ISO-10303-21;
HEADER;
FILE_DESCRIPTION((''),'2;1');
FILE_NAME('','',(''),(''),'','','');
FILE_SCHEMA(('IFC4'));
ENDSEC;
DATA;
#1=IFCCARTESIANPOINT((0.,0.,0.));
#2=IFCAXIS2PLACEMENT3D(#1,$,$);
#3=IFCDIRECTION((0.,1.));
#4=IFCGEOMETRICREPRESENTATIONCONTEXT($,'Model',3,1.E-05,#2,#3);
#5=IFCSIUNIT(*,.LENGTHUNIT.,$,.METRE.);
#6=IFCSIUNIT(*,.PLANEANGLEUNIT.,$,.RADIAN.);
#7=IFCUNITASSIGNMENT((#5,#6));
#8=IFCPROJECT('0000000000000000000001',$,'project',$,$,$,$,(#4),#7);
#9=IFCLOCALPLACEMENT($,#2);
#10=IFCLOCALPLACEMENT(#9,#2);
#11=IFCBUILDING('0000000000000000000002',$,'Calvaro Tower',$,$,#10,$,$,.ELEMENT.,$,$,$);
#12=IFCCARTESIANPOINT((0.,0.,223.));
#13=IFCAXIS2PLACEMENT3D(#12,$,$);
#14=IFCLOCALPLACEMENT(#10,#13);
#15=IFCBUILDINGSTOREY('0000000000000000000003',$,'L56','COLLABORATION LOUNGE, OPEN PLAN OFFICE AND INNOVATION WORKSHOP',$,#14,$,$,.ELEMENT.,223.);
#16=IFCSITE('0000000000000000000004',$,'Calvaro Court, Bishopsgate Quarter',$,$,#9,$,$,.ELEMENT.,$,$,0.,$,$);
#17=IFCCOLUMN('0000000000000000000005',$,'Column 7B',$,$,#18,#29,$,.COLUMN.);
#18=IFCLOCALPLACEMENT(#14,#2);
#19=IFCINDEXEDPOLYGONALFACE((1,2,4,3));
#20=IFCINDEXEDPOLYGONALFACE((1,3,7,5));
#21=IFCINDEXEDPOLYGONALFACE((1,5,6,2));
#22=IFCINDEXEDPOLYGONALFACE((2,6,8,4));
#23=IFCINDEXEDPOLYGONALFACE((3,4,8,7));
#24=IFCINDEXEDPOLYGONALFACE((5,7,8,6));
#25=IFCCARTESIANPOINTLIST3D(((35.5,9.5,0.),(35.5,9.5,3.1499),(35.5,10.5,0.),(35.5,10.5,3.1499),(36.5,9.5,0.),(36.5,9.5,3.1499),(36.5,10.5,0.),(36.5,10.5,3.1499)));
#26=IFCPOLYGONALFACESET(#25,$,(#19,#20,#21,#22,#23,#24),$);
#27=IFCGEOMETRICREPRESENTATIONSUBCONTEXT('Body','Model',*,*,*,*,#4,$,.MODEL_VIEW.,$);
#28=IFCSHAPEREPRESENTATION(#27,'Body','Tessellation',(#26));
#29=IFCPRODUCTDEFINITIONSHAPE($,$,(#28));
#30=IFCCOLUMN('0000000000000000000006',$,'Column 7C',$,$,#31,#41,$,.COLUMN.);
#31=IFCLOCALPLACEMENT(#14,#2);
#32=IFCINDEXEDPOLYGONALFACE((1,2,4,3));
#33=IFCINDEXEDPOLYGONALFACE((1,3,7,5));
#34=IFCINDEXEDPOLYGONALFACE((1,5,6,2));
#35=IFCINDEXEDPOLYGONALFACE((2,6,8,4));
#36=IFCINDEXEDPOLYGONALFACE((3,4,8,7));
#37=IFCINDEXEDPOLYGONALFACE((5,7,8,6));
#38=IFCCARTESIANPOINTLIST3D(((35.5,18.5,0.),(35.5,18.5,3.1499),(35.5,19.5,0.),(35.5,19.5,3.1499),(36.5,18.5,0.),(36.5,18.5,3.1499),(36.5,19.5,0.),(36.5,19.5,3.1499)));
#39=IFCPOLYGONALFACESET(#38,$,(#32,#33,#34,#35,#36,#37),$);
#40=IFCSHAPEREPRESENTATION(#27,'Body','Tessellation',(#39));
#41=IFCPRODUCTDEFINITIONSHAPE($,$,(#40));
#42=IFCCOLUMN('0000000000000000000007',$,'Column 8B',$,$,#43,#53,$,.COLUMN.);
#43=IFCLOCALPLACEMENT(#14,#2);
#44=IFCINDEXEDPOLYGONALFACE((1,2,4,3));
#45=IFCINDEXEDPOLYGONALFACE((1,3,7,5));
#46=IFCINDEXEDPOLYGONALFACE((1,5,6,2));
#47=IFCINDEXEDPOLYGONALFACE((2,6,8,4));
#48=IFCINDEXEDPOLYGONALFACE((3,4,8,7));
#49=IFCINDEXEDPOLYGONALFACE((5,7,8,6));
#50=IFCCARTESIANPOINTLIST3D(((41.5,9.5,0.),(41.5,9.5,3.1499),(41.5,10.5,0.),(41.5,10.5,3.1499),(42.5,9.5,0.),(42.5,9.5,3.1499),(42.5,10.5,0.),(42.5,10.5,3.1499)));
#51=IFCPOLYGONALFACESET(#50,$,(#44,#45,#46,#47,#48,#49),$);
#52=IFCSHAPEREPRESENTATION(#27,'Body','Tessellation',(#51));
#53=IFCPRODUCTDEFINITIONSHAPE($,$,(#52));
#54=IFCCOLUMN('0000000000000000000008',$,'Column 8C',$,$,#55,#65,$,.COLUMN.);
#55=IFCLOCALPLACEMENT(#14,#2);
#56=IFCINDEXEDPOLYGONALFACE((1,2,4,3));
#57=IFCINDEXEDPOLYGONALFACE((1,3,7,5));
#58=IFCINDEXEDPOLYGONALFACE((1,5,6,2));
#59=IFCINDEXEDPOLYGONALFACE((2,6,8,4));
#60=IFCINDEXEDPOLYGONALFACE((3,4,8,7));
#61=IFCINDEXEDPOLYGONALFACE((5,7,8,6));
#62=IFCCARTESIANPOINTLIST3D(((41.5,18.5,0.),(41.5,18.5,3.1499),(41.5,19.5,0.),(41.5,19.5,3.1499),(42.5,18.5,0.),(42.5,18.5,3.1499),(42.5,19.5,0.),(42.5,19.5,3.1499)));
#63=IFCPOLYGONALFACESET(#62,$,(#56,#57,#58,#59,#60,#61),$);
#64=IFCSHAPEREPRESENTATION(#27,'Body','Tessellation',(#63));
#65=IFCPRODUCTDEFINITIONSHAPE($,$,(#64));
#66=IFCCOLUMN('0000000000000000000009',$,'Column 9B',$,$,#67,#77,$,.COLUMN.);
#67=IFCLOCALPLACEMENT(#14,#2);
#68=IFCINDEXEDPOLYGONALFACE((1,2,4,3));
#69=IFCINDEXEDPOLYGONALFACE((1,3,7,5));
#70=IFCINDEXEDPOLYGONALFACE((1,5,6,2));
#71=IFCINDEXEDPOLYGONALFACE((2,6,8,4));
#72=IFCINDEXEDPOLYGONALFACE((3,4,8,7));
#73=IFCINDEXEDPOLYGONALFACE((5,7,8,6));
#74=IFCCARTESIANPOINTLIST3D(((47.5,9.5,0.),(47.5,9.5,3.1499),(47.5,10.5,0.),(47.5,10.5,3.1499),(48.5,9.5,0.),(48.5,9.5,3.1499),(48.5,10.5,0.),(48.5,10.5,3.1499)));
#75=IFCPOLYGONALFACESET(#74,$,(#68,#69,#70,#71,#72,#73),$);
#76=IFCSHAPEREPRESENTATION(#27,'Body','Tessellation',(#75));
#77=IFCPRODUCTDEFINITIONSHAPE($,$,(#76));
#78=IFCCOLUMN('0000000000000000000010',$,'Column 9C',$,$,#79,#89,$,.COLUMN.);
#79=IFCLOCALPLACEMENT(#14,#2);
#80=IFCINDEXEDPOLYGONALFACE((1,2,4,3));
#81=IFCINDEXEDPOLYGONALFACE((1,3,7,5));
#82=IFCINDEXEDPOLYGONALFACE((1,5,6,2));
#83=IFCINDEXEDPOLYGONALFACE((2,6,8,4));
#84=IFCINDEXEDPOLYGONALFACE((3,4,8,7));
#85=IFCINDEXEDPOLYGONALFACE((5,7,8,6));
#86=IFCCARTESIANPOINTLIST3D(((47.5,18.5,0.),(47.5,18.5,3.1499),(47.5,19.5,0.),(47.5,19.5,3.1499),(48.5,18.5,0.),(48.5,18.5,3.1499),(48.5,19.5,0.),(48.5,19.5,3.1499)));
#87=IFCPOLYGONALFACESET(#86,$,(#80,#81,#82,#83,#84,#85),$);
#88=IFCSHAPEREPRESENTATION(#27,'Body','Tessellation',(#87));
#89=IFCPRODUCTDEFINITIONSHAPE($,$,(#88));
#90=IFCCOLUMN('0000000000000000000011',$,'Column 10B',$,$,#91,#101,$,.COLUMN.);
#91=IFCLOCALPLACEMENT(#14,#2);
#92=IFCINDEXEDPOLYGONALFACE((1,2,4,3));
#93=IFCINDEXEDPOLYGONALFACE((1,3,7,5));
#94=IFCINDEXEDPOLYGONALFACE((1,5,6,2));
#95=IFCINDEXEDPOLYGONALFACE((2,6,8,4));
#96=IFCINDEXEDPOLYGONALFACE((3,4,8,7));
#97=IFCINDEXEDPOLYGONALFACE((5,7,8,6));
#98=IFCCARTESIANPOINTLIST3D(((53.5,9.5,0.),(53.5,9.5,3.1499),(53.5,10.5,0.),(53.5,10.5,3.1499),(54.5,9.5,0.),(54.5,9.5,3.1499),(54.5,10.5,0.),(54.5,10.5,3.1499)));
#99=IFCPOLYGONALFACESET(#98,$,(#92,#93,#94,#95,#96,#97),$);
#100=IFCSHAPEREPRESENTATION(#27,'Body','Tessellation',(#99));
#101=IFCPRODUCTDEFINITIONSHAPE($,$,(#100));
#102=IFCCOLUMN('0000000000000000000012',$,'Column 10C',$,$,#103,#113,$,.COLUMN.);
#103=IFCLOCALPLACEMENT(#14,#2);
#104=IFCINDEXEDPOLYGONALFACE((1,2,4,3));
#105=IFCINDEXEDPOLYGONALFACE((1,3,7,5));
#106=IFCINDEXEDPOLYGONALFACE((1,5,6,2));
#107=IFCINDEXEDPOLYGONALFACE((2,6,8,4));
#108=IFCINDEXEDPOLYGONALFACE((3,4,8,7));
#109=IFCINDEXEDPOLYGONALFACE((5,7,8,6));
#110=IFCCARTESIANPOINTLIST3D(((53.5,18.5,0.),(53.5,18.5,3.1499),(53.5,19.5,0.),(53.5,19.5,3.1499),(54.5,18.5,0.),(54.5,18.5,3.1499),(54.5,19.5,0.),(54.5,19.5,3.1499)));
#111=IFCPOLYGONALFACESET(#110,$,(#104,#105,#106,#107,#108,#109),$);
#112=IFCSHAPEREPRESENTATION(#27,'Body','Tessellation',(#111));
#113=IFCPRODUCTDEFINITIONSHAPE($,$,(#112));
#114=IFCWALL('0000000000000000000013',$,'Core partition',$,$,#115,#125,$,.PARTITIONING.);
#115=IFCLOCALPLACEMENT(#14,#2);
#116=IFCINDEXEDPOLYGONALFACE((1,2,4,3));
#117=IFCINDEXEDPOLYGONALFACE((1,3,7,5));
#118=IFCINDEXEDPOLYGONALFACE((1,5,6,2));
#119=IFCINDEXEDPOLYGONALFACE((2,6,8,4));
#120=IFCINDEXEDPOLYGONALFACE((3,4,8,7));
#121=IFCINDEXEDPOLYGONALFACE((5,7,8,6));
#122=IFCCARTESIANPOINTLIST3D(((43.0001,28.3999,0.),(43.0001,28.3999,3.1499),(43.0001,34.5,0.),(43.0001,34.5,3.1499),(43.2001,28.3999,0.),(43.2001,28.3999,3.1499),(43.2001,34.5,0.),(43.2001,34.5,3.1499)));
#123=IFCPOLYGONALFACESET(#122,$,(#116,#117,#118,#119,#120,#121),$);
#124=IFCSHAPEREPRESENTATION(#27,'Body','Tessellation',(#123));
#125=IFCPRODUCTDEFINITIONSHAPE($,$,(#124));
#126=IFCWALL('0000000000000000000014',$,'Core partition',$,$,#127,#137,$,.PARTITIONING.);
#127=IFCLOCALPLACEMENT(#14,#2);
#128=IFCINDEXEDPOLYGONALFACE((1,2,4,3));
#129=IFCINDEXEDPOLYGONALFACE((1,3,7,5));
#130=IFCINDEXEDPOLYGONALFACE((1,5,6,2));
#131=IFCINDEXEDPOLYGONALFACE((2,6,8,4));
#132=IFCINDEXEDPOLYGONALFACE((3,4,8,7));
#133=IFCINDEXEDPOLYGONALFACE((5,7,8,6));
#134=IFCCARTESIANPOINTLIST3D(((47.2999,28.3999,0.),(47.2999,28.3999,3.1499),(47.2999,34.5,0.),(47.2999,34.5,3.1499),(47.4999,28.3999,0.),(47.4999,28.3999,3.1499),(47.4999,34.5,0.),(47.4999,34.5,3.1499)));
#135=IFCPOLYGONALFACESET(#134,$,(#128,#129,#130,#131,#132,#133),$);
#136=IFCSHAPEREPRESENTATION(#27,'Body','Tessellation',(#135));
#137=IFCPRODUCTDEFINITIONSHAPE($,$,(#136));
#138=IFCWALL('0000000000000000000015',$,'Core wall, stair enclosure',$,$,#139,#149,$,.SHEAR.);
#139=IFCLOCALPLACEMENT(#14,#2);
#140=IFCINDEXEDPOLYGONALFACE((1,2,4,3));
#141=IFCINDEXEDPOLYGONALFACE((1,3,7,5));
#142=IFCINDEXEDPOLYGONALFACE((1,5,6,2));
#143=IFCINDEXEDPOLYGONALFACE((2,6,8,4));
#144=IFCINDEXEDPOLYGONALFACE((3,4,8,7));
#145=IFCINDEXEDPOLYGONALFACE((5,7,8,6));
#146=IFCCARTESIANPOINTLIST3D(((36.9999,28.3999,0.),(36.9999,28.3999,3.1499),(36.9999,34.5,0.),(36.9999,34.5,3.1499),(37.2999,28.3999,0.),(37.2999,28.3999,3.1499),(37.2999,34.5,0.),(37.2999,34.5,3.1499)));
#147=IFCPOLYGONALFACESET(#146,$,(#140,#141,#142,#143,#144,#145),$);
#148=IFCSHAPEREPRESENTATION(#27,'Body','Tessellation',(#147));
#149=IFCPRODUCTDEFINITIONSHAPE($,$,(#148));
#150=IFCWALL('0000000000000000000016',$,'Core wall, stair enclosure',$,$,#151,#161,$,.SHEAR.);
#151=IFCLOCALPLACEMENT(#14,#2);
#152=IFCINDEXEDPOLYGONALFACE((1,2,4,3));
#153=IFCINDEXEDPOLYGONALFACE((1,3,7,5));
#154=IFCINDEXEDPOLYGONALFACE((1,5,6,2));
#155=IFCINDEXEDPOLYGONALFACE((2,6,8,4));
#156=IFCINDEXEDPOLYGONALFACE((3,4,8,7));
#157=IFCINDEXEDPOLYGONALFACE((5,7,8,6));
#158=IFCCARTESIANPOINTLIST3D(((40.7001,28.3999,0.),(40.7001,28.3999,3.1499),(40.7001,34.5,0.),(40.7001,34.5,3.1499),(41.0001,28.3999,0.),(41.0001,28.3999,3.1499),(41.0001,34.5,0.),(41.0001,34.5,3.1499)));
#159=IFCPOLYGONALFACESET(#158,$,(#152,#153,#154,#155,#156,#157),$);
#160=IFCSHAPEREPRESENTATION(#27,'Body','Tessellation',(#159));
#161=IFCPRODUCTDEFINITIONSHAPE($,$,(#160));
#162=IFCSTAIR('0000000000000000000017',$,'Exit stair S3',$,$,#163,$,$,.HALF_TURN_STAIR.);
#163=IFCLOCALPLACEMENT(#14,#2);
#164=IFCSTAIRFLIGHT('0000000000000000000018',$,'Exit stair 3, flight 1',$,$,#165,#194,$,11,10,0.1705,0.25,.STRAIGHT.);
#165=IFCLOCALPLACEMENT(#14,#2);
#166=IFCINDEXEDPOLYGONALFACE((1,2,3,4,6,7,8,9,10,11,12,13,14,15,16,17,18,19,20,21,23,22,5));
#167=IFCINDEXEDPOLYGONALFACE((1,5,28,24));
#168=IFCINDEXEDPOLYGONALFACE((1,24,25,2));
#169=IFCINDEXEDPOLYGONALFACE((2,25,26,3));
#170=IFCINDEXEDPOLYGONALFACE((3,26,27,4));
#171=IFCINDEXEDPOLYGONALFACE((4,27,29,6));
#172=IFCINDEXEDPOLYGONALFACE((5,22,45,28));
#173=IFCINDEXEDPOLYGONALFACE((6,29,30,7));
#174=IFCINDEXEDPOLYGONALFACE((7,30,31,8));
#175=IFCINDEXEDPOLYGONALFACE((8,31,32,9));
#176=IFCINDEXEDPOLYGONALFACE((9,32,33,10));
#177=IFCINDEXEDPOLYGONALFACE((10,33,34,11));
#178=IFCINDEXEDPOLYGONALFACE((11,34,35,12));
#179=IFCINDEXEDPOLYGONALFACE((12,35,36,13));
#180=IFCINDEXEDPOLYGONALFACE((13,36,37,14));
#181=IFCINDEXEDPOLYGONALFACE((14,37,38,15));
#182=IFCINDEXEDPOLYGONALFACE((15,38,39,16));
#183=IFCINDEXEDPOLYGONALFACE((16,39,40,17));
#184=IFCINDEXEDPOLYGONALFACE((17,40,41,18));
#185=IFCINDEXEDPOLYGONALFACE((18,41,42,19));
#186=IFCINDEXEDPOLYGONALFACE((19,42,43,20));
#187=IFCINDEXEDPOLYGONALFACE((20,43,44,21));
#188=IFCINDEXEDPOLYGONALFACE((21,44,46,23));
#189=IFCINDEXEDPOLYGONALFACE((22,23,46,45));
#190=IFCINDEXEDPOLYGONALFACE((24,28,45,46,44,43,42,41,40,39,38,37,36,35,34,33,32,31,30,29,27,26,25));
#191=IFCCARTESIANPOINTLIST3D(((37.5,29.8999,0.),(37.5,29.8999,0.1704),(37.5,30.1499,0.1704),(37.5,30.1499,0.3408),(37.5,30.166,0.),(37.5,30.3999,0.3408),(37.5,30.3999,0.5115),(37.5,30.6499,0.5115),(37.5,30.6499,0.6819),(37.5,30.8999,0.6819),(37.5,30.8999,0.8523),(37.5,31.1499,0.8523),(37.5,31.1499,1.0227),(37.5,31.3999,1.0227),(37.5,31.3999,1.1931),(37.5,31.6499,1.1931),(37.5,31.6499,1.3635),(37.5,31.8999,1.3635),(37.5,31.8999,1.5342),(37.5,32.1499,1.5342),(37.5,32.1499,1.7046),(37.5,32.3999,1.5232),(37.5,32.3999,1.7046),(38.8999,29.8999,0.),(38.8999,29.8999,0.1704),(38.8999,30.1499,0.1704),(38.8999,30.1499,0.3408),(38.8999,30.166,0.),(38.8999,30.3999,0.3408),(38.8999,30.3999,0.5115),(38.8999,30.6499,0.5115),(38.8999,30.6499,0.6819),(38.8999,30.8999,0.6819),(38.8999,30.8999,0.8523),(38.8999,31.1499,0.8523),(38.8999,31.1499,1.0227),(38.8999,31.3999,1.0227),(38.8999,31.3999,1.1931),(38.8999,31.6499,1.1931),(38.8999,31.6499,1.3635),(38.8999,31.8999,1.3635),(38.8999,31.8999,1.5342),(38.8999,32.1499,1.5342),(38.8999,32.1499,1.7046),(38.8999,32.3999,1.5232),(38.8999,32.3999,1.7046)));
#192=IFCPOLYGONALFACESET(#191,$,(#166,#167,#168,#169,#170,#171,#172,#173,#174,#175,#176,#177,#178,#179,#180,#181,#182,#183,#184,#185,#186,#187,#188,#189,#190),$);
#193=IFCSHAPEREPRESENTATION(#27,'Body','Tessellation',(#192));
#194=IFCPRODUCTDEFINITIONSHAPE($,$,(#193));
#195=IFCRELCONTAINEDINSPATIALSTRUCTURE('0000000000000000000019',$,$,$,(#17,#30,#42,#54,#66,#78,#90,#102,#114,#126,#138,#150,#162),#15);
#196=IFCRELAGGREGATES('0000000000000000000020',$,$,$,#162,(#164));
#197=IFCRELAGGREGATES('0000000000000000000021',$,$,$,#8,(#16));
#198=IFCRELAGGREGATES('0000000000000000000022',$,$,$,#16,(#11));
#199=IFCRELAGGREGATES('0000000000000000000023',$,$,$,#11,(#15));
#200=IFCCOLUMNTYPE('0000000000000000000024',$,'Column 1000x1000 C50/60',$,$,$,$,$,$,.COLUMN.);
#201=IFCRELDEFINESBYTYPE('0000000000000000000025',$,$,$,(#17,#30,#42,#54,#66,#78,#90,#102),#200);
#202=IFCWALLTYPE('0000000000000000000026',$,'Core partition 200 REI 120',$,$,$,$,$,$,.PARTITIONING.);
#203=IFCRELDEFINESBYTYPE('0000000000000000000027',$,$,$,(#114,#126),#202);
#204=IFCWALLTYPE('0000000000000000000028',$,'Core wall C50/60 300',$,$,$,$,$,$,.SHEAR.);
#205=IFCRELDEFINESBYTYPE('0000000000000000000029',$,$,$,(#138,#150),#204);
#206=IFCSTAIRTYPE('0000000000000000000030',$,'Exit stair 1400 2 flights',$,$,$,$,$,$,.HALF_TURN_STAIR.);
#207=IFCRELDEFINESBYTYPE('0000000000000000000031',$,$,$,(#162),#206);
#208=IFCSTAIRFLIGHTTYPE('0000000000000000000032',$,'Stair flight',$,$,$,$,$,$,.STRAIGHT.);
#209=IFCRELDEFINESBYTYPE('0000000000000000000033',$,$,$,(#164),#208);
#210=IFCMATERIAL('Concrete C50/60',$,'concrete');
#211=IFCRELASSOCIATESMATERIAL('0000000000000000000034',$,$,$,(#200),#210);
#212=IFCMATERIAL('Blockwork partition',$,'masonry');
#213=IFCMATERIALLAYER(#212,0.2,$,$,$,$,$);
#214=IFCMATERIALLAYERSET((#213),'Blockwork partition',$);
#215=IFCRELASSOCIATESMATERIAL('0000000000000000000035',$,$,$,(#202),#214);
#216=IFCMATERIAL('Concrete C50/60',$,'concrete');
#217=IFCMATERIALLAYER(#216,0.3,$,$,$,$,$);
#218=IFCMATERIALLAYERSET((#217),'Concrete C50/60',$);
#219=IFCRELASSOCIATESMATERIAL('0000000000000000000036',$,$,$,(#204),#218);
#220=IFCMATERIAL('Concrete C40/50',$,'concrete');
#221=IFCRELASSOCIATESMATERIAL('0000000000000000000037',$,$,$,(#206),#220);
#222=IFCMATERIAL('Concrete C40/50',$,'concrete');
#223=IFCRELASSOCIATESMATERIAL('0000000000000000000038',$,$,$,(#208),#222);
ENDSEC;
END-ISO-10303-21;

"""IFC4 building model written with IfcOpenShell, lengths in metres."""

from ifc_helpers import new_model, si_unit, direction, frame, frame_2d, origin, origin_2d, place, context, subcontext, project, spatial, polyline, rectangle, outline, extrude, material, layer, layer_set, material_profile, profile_set, type_object, element, aggregate, save


model = new_model("IFC4")

# Units and contexts
model_context = context("Model", 3, precision=1e-05, world=origin(), true_north=direction((0.0, 1.0)))
body_context = subcontext(model_context, "Body", "Model", "MODEL_VIEW")
ifc_project = project(units=[si_unit("LENGTHUNIT", "METRE"), si_unit("PLANEANGLEUNIT", "RADIAN")], contexts=[model_context])

# Site, building, storey
site_placement = place(None, origin())
site = spatial("IfcSite", under=ifc_project, at=site_placement, Name="Calvaro Court, Bishopsgate Quarter", CompositionType="ELEMENT", RefElevation=0.0)
building_placement = place(site_placement, origin())
building = spatial("IfcBuilding", under=site, at=building_placement, Name="Calvaro Tower", CompositionType="ELEMENT")
storey_placement = place(building_placement, frame((0.0, 0.0, 223.0)))
storey = spatial("IfcBuildingStorey", under=building, at=storey_placement, Name="L56", Description="COLLABORATION LOUNGE, OPEN PLAN OFFICE AND INNOVATION WORKSHOP", CompositionType="ELEMENT", Elevation=223.0)

# Columns
ifc_material_1 = material(Name="Concrete C50/60", Category="concrete")
ifc_material_profile = material_profile(ifc_material_1, rectangle(XDim=1.0, YDim=1.0, at=origin_2d()), Name="RC 1000x1000")
ifc_profile_set = profile_set([ifc_material_profile], Name="Concrete C50/60")
column_type = type_object("IfcColumnType", Name="Column 1000x1000 C50/60", PredefinedType="COLUMN", material=ifc_profile_set)
for number, where, z_axis, x_axis, name in (
    (1, (36.0, 10.0, 0.0), (0.0, 0.0, 1.0), (1.0, 0.0, 0.0), "Column 7B"),
    (2, (36.0, 19.0, 0.0), (0.0, 0.0, 1.0), (1.0, 0.0, 0.0), "Column 7C"),
    (3, (42.0, 10.0, 0.0), (0.0, 0.0, 1.0), (1.0, 0.0, 0.0), "Column 8B"),
    (4, (42.0, 19.0, 0.0), (0.0, 0.0, 1.0), (1.0, 0.0, 0.0), "Column 8C"),
    (5, (48.0, 10.0, 0.0), (0.0, 0.0, 1.0), (1.0, 0.0, 0.0), "Column 9B"),
    (6, (48.0, 19.0, 0.0), (0.0, 0.0, 1.0), (1.0, 0.0, 0.0), "Column 9C"),
    (7, (54.0, 10.0, 0.0), (0.0, 0.0, 1.0), (1.0, 0.0, 0.0), "Column 10B"),
    (8, (54.0, 19.0, 0.0), (0.0, 0.0, 1.0), (1.0, 0.0, 0.0), "Column 10C"),
):
    element("IfcColumn", number, at=place(storey_placement, frame(where, z_axis=z_axis, x_axis=x_axis)), inside=storey, type_object=column_type, Name=name, PredefinedType="COLUMN", context=body_context, shape_type="SweptSolid", body=[
        extrude(rectangle(XDim=1.0, YDim=1.0, at=origin_2d()), origin(), (0.0, 0.0, 1.0), 3.1499),
    ])

# Walls
ifc_material_2 = material(Name="Blockwork partition", Category="masonry")
ifc_layer_1 = layer(ifc_material_2, 0.2)
ifc_layer_set_1 = layer_set([ifc_layer_1], Name="Blockwork partition")
wall_type_1 = type_object("IfcWallType", Name="Core partition 200 REI 120", PredefinedType="PARTITIONING", material=ifc_layer_set_1)
for number, where, z_axis, x_axis, name in (
    (9, (43.1001, 28.3999, 0.0), (0.0, 0.0, 1.0), (0.0, 1.0, 0.0), "Core partition"),
    (10, (47.3999, 28.3999, 0.0), (0.0, 0.0, 1.0), (0.0, 1.0, 0.0), "Core partition"),
):
    element("IfcWall", number, at=place(storey_placement, frame(where, z_axis=z_axis, x_axis=x_axis)), inside=storey, type_object=wall_type_1, Name=name, PredefinedType="PARTITIONING", context=body_context, shape_type="SweptSolid", body=[
        extrude(rectangle(XDim=6.1001, YDim=0.2, at=frame_2d((3.05, 0.0))), origin(), (0.0, 0.0, 1.0), 3.1499),
    ])
ifc_material_3 = material(Name="Concrete C50/60", Category="concrete")
ifc_layer_2 = layer(ifc_material_3, 0.3)
ifc_layer_set_2 = layer_set([ifc_layer_2], Name="Concrete C50/60")
wall_type_2 = type_object("IfcWallType", Name="Core wall C50/60 300", PredefinedType="SHEAR", material=ifc_layer_set_2)
for number, where, z_axis, x_axis, name in (
    (11, (37.1499, 28.3999, 0.0), (0.0, 0.0, 1.0), (0.0, 1.0, 0.0), "Core wall, stair enclosure"),
    (12, (40.8501, 28.3999, 0.0), (0.0, 0.0, 1.0), (0.0, 1.0, 0.0), "Core wall, stair enclosure"),
):
    element("IfcWall", number, at=place(storey_placement, frame(where, z_axis=z_axis, x_axis=x_axis)), inside=storey, type_object=wall_type_2, Name=name, PredefinedType="SHEAR", context=body_context, shape_type="SweptSolid", body=[
        extrude(rectangle(XDim=6.1001, YDim=0.3, at=frame_2d((3.05, 0.0))), origin(), (0.0, 0.0, 1.0), 3.1499),
    ])

# Stair, stair flight
ifc_material_4 = material(Name="Concrete C40/50", Category="concrete")
stair_type = type_object("IfcStairType", Name="Exit stair 1400 2 flights", PredefinedType="HALF_TURN_STAIR", material=ifc_material_4)
stair_1_placement = place(storey_placement, origin())
stair_1 = element("IfcStair", 13, at=stair_1_placement, inside=storey, type_object=stair_type, Name="Exit stair S3", PredefinedType="HALF_TURN_STAIR")
ifc_material_5 = material(Name="Concrete C40/50", Category="concrete")
stair_flight_type = type_object("IfcStairFlightType", Name="Stair flight", PredefinedType="STRAIGHT", material=ifc_material_5)
stair_flight_1_placement = place(storey_placement, frame((38.2, 29.8999, 0.0), z_axis=(0.0, 0.0, 1.0), x_axis=(0.0, 1.0, 0.0)))
stair_flight_1 = element("IfcStairFlight", 14, at=stair_flight_1_placement, type_object=stair_flight_type, Name="Exit stair 3, flight 1", NumberOfRisers=11, NumberOfTreads=10, PredefinedType="STRAIGHT", RiserHeight=0.1705, TreadLength=0.25, context=body_context, shape_type="SweptSolid", body=[
    extrude(outline(polyline([(0.0, 0.0), (0.0, 0.1704), (0.25, 0.1704), (0.25, 0.3408), (0.5, 0.3408), (0.5, 0.5115), (0.75, 0.5115), (0.75, 0.6819), (1.0, 0.6819), (1.0, 0.8523), (1.25, 0.8523), (1.25, 1.0227), (1.5, 1.0227), (1.5, 1.1931), (1.75, 1.1931), (1.75, 1.3635), (2.0, 1.3635), (2.0, 1.5342), (2.25, 1.5342), (2.25, 1.7046), (2.5, 1.7046), (2.5, 1.875), (2.5, 1.5232), (0.2661, 0.0), (0.0, 0.0)])), frame((0.0, 0.7, 0.0), z_axis=(0.0, -1.0, 0.0), x_axis=(1.0, 0.0, 0.0)), (0.0, 0.0, 1.0), 1.3999),
])

aggregate(stair_1, [stair_flight_1])

save(model, "model.ifc")
